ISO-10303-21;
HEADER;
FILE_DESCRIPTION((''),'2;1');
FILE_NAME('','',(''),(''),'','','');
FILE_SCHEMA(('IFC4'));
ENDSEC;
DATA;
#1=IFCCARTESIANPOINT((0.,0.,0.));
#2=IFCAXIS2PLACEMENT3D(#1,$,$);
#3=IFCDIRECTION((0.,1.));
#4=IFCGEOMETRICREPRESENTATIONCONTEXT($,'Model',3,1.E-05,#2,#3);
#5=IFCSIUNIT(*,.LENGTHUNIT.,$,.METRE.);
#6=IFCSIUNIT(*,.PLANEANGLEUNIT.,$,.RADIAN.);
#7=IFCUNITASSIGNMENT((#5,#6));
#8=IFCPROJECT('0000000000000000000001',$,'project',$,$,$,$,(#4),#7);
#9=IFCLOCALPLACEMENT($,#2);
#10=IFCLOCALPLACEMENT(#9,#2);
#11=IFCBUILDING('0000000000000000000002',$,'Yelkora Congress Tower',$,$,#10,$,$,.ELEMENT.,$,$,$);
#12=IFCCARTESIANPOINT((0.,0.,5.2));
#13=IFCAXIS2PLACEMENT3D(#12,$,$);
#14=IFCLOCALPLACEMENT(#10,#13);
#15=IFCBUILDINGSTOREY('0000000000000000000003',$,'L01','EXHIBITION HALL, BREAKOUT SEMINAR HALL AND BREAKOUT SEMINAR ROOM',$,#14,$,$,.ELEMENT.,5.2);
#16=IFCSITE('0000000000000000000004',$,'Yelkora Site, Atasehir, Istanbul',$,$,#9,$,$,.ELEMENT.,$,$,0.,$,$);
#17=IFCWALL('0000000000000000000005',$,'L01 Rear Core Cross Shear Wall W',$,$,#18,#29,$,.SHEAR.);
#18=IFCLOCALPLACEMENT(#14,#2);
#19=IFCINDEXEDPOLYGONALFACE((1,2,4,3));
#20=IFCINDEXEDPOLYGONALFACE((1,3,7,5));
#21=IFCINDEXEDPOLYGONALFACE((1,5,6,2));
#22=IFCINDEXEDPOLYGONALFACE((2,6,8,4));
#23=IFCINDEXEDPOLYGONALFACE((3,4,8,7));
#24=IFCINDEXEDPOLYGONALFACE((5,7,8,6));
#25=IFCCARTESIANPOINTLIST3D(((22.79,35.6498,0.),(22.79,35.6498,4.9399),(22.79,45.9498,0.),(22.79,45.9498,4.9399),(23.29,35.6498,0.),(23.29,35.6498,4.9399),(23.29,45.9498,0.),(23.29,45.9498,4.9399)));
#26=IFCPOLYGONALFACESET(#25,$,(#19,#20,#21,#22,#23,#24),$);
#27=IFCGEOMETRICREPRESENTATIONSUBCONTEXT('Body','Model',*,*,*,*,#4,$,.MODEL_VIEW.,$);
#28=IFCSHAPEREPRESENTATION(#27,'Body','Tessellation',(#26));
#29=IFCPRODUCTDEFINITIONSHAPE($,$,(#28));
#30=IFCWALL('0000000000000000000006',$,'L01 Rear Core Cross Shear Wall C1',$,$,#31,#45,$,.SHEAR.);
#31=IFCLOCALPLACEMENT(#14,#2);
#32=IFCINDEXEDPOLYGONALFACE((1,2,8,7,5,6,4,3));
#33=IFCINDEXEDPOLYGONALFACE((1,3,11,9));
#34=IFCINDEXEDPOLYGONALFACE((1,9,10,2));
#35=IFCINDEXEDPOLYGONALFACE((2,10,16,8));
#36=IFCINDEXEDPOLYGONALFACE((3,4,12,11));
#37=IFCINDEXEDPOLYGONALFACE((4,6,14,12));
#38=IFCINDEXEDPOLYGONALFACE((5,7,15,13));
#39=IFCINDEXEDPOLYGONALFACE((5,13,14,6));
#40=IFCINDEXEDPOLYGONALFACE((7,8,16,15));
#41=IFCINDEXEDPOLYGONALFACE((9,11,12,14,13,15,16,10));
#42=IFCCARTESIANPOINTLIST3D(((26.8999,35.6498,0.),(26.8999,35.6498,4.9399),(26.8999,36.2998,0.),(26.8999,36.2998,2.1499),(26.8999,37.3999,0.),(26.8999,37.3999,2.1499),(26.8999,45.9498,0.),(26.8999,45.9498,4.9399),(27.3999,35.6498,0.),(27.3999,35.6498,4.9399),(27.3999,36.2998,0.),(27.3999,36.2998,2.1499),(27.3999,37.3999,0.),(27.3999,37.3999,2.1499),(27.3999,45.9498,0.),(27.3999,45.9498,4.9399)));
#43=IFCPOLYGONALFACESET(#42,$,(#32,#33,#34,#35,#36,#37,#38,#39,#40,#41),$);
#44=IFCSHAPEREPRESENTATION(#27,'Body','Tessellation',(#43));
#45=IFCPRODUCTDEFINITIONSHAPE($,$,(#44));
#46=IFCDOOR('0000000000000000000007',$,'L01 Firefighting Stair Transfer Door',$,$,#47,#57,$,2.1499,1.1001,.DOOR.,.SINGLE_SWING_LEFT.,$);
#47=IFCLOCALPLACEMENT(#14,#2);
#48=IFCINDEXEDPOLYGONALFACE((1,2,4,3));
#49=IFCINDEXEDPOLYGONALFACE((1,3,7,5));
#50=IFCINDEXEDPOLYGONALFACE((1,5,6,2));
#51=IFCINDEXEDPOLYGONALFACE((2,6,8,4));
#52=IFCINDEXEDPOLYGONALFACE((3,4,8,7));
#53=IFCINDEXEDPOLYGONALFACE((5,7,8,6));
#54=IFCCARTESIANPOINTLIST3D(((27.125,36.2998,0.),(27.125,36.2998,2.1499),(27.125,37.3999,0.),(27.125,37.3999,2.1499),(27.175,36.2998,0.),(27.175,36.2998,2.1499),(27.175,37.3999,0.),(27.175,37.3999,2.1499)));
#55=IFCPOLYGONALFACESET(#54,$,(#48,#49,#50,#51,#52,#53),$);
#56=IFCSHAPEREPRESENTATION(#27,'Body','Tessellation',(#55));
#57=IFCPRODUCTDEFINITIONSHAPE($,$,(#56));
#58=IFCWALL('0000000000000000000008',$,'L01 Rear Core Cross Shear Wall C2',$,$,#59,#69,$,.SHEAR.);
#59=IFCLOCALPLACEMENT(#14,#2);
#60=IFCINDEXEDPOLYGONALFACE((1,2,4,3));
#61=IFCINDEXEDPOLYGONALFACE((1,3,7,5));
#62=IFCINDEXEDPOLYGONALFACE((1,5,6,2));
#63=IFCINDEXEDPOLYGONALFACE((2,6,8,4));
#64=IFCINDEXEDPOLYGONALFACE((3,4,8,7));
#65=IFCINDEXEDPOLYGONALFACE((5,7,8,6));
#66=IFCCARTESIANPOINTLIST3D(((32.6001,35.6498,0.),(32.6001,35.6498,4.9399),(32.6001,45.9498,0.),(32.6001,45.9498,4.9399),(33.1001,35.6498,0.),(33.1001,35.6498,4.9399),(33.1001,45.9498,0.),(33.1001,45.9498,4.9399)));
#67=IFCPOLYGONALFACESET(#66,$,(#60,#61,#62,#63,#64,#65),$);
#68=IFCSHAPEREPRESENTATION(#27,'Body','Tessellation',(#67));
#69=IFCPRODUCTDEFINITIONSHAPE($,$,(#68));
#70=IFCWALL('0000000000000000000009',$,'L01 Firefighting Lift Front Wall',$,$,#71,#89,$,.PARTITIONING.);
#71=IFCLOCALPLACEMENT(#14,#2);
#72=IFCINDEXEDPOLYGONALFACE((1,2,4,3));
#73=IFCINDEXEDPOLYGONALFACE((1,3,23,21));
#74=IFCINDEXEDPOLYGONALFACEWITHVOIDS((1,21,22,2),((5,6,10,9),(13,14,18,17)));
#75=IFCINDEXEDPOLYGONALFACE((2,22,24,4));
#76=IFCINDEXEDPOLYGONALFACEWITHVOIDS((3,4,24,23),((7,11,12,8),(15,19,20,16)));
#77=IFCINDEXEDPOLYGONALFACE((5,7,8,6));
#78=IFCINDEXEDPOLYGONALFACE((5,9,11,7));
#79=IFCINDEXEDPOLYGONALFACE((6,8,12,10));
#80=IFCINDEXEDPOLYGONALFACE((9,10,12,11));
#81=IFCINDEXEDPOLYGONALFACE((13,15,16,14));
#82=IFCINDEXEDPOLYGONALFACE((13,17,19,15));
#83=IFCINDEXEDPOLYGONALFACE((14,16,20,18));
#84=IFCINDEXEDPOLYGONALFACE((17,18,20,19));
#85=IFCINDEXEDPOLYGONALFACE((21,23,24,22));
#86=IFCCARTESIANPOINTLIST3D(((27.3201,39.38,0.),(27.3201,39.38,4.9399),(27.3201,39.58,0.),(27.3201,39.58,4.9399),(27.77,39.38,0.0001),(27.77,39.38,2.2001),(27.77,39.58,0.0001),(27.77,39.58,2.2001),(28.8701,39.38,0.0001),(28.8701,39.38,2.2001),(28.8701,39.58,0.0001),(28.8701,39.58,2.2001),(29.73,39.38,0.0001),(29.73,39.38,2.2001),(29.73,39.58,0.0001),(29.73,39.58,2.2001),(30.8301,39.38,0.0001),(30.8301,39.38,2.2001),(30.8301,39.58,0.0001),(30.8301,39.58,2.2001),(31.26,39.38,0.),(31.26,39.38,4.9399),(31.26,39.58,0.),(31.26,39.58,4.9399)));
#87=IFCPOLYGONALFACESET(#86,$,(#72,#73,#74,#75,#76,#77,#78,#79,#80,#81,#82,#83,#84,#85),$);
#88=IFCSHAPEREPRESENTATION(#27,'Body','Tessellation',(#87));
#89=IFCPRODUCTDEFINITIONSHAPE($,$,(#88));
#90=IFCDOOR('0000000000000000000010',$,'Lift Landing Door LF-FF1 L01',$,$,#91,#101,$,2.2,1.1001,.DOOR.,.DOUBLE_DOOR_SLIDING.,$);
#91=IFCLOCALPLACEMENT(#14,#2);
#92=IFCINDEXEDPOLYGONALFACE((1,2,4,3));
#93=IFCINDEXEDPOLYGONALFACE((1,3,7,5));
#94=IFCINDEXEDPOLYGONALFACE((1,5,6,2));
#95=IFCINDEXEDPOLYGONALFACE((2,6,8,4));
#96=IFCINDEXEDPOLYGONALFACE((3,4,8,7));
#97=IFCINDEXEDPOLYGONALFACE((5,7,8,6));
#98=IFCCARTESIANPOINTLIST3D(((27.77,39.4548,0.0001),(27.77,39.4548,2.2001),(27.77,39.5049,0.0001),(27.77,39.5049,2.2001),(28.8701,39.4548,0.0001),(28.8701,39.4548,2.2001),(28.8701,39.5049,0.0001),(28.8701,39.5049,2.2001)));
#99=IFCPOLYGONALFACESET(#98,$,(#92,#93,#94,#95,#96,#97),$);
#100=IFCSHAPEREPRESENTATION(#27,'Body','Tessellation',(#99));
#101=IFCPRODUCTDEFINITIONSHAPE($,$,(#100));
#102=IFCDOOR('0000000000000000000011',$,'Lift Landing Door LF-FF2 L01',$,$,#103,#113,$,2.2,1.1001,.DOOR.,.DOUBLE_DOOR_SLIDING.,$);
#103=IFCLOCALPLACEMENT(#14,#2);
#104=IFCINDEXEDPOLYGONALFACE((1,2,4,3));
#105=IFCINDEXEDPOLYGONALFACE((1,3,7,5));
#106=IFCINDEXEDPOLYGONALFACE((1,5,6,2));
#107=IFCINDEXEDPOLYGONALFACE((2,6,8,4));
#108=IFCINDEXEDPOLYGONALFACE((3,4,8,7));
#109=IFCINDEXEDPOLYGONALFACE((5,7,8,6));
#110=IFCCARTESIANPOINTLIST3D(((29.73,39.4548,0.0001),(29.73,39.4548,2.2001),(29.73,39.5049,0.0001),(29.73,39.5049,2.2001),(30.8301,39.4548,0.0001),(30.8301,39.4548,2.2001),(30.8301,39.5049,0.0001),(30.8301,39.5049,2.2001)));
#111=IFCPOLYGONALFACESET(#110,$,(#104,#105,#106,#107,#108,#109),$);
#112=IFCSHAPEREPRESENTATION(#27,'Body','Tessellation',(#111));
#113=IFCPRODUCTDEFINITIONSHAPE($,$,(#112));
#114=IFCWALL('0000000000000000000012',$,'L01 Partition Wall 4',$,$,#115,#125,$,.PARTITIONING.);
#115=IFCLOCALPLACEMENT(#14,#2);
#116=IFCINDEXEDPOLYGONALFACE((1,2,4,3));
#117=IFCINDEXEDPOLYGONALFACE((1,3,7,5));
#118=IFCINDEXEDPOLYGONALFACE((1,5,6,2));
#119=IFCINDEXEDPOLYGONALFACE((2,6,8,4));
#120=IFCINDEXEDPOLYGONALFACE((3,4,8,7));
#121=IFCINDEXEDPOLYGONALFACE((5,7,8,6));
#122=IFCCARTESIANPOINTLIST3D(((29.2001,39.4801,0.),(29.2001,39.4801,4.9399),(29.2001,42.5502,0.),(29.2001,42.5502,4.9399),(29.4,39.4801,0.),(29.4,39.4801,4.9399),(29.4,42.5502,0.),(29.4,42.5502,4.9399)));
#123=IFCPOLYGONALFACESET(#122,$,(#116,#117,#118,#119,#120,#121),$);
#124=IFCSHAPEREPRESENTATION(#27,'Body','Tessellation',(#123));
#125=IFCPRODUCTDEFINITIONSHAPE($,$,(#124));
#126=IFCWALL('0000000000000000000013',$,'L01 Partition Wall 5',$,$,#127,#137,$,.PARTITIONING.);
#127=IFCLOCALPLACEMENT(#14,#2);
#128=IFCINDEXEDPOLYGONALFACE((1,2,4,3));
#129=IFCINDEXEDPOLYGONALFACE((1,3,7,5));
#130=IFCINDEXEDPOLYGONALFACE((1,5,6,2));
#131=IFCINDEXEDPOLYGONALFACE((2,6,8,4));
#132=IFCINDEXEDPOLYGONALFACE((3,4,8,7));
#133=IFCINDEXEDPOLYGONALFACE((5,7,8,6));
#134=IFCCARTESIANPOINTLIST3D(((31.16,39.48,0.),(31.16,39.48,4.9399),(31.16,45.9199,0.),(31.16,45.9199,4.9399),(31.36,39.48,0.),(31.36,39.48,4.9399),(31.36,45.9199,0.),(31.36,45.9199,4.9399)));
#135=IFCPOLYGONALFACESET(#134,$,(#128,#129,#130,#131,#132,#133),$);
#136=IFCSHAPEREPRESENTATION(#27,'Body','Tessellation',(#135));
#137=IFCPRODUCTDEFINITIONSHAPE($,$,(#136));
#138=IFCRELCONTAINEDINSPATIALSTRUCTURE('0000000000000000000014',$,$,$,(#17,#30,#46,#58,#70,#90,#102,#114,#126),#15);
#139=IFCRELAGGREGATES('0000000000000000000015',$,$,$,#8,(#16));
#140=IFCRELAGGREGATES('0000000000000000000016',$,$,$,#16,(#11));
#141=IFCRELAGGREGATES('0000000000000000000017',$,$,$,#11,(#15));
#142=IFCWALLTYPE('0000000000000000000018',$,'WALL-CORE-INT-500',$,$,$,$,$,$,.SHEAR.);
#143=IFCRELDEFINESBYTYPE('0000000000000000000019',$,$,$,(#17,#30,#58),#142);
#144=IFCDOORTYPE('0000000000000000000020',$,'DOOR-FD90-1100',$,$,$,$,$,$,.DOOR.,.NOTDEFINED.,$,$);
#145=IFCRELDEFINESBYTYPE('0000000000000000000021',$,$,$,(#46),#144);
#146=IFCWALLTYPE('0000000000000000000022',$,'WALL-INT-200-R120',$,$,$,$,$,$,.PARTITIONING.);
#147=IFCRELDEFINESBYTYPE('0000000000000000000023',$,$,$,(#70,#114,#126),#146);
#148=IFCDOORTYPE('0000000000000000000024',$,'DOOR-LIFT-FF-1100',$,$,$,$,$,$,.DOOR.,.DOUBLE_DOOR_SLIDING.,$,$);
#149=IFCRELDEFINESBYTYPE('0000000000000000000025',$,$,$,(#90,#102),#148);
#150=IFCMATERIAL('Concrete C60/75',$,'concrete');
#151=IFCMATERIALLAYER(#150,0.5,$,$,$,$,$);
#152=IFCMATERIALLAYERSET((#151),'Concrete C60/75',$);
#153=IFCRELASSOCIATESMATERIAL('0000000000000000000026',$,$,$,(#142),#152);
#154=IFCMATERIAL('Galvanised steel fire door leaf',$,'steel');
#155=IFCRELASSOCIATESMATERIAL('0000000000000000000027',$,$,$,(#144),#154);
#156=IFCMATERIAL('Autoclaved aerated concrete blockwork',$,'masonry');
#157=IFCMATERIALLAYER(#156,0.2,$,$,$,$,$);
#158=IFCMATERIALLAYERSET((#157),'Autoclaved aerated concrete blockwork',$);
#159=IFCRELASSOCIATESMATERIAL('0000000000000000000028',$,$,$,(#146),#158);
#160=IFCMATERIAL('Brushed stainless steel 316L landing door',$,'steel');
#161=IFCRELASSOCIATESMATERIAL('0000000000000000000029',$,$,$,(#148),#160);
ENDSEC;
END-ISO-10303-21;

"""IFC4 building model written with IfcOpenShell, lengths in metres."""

from ifc_helpers import new_model, si_unit, direction, frame, frame_2d, origin, place, context, subcontext, project, spatial, rectangle, extrude, material, layer, layer_set, type_object, element, fill, save


model = new_model("IFC4")

# Units and contexts
model_context = context("Model", 3, precision=1e-05, world=origin(), true_north=direction((0.0, 1.0)))
body_context = subcontext(model_context, "Body", "Model", "MODEL_VIEW")
ifc_project = project(units=[si_unit("LENGTHUNIT", "METRE"), si_unit("PLANEANGLEUNIT", "RADIAN")], contexts=[model_context])

# Site, building, storey
site_placement = place(None, origin())
site = spatial("IfcSite", under=ifc_project, at=site_placement, Name="Yelkora Site, Atasehir, Istanbul", CompositionType="ELEMENT", RefElevation=0.0)
building_placement = place(site_placement, origin())
building = spatial("IfcBuilding", under=site, at=building_placement, Name="Yelkora Congress Tower", CompositionType="ELEMENT")
storey_placement = place(building_placement, frame((0.0, 0.0, 5.2)))
storey = spatial("IfcBuildingStorey", under=building, at=storey_placement, Name="L01", Description="EXHIBITION HALL, BREAKOUT SEMINAR HALL AND BREAKOUT SEMINAR ROOM", CompositionType="ELEMENT", Elevation=5.2)

# Wall
ifc_material_1 = material(Name="Concrete C60/75", Category="concrete")
ifc_layer_1 = layer(ifc_material_1, 0.5)
ifc_layer_set_1 = layer_set([ifc_layer_1], Name="Concrete C60/75")
wall_type_1 = type_object("IfcWallType", Name="WALL-CORE-INT-500", PredefinedType="SHEAR", material=ifc_layer_set_1)
wall_1_placement = place(storey_placement, frame((23.04, 35.6499, 0.0), z_axis=(0.0, 0.0, 1.0), x_axis=(0.0, 1.0, 0.0)))
element("IfcWall", 1, at=wall_1_placement, inside=storey, type_object=wall_type_1, Name="L01 Rear Core Cross Shear Wall W", PredefinedType="SHEAR", context=body_context, shape_type="SweptSolid", body=[
    extrude(rectangle(XDim=10.3, YDim=0.5, at=frame_2d((5.1499, 0.0))), origin(), (0.0, 0.0, 1.0), 4.9399),
])

# Wall, opening, door
wall_2_placement = place(storey_placement, frame((27.1499, 35.6499, 0.0), z_axis=(0.0, 0.0, 1.0), x_axis=(0.0, 1.0, 0.0)))
wall_2 = element("IfcWall", 2, at=wall_2_placement, inside=storey, type_object=wall_type_1, Name="L01 Rear Core Cross Shear Wall C1", PredefinedType="SHEAR", context=body_context, shape_type="SweptSolid", body=[
    extrude(rectangle(XDim=10.3, YDim=0.5, at=frame_2d((5.1499, 0.0))), origin(), (0.0, 0.0, 1.0), 4.9399),
])
opening_1_placement = place(wall_2_placement, frame((0.6499, 0.0, 0.0)))
opening_1 = element("IfcOpeningElement", 3, at=opening_1_placement, cuts=wall_2, PredefinedType="OPENING", context=body_context, shape_type="SweptSolid", body=[
    extrude(rectangle(XDim=1.1001, YDim=2.1499, at=frame_2d((0.55, 1.075))), frame((0.0, 0.26, 0.0), z_axis=(0.0, -1.0, 0.0), x_axis=(1.0, 0.0, 0.0)), (0.0, 0.0, 1.0), 0.52),
])
ifc_material_2 = material(Name="Galvanised steel fire door leaf", Category="steel")
door_type_1 = type_object("IfcDoorType", Name="DOOR-FD90-1100", OperationType="NOTDEFINED", PredefinedType="DOOR", material=ifc_material_2)
door_1_placement = place(opening_1_placement, origin())
door_1 = element("IfcDoor", 4, at=door_1_placement, inside=storey, type_object=door_type_1, Name="L01 Firefighting Stair Transfer Door", OperationType="SINGLE_SWING_LEFT", OverallHeight=2.1499, OverallWidth=1.1001, PredefinedType="DOOR", context=body_context, shape_type="SweptSolid", body=[
    extrude(rectangle(XDim=1.1001, YDim=2.1499, at=frame_2d((0.55, 1.075))), frame((0.0, 0.0249, 0.0), z_axis=(0.0, -1.0, 0.0), x_axis=(1.0, 0.0, 0.0)), (0.0, 0.0, 1.0), 0.05),
])
fill(opening_1, door_1)

# Wall
wall_3_placement = place(storey_placement, frame((32.8501, 35.6499, 0.0), z_axis=(0.0, 0.0, 1.0), x_axis=(0.0, 1.0, 0.0)))
element("IfcWall", 5, at=wall_3_placement, inside=storey, type_object=wall_type_1, Name="L01 Rear Core Cross Shear Wall C2", PredefinedType="SHEAR", context=body_context, shape_type="SweptSolid", body=[
    extrude(rectangle(XDim=10.3, YDim=0.5, at=frame_2d((5.1499, 0.0))), origin(), (0.0, 0.0, 1.0), 4.9399),
])

# Shared definitions
ifc_material_3 = material(Name="Autoclaved aerated concrete blockwork", Category="masonry")
ifc_layer_2 = layer(ifc_material_3, 0.2)
ifc_layer_set_2 = layer_set([ifc_layer_2], Name="Autoclaved aerated concrete blockwork")
wall_type_2 = type_object("IfcWallType", Name="WALL-INT-200-R120", PredefinedType="PARTITIONING", material=ifc_layer_set_2)

# Wall, openings, doors
wall_4_placement = place(storey_placement, frame((27.3201, 39.48, 0.0), z_axis=(0.0, 0.0, 1.0), x_axis=(1.0, 0.0, 0.0)))
wall_4 = element("IfcWall", 6, at=wall_4_placement, inside=storey, type_object=wall_type_2, Name="L01 Firefighting Lift Front Wall", PredefinedType="PARTITIONING", context=body_context, shape_type="SweptSolid", body=[
    extrude(rectangle(XDim=3.9399, YDim=0.2, at=frame_2d((1.97, 0.0))), origin(), (0.0, 0.0, 1.0), 4.9399),
])
opening_2_placement = place(wall_4_placement, frame((0.45, 0.0, 0.0)))
opening_2 = element("IfcOpeningElement", 7, at=opening_2_placement, cuts=wall_4, PredefinedType="OPENING", context=body_context, shape_type="SweptSolid", body=[
    extrude(rectangle(XDim=1.1001, YDim=2.2, at=frame_2d((0.55, 1.1001))), frame((0.0, 0.1099, 0.0), z_axis=(0.0, -1.0, 0.0), x_axis=(1.0, 0.0, 0.0)), (0.0, 0.0, 1.0), 0.22),
])
opening_3_placement = place(wall_4_placement, frame((2.4099, 0.0, 0.0)))
opening_3 = element("IfcOpeningElement", 8, at=opening_3_placement, cuts=wall_4, PredefinedType="OPENING", context=body_context, shape_type="SweptSolid", body=[
    extrude(rectangle(XDim=1.1001, YDim=2.2, at=frame_2d((0.55, 1.1001))), frame((0.0, 0.1099, 0.0), z_axis=(0.0, -1.0, 0.0), x_axis=(1.0, 0.0, 0.0)), (0.0, 0.0, 1.0), 0.22),
])
ifc_material_4 = material(Name="Brushed stainless steel 316L landing door", Category="steel")
door_type_2 = type_object("IfcDoorType", Name="DOOR-LIFT-FF-1100", OperationType="DOUBLE_DOOR_SLIDING", PredefinedType="DOOR", material=ifc_material_4)
door_2_placement = place(opening_2_placement, origin())
door_2 = element("IfcDoor", 9, at=door_2_placement, inside=storey, type_object=door_type_2, Name="Lift Landing Door LF-FF1 L01", OperationType="DOUBLE_DOOR_SLIDING", OverallHeight=2.2, OverallWidth=1.1001, PredefinedType="DOOR", context=body_context, shape_type="SweptSolid", body=[
    extrude(rectangle(XDim=1.1001, YDim=2.2, at=frame_2d((0.55, 1.1001))), frame((0.0, 0.0249, 0.0), z_axis=(0.0, -1.0, 0.0), x_axis=(1.0, 0.0, 0.0)), (0.0, 0.0, 1.0), 0.05),
])
fill(opening_2, door_2)
door_3_placement = place(opening_3_placement, origin())
door_3 = element("IfcDoor", 10, at=door_3_placement, inside=storey, type_object=door_type_2, Name="Lift Landing Door LF-FF2 L01", OperationType="DOUBLE_DOOR_SLIDING", OverallHeight=2.2, OverallWidth=1.1001, PredefinedType="DOOR", context=body_context, shape_type="SweptSolid", body=[
    extrude(rectangle(XDim=1.1001, YDim=2.2, at=frame_2d((0.55, 1.1001))), frame((0.0, 0.0249, 0.0), z_axis=(0.0, -1.0, 0.0), x_axis=(1.0, 0.0, 0.0)), (0.0, 0.0, 1.0), 0.05),
])
fill(opening_3, door_3)

# Walls
wall_5_placement = place(storey_placement, frame((29.3, 39.48, 0.0), z_axis=(0.0, 0.0, 1.0), x_axis=(0.0, 1.0, 0.0)))
element("IfcWall", 11, at=wall_5_placement, inside=storey, type_object=wall_type_2, Name="L01 Partition Wall 4", PredefinedType="PARTITIONING", context=body_context, shape_type="SweptSolid", body=[
    extrude(rectangle(XDim=3.0701, YDim=0.2, at=frame_2d((1.5352, 0.0))), origin(), (0.0, 0.0, 1.0), 4.9399),
])
wall_6_placement = place(storey_placement, frame((31.26, 39.48, 0.0), z_axis=(0.0, 0.0, 1.0), x_axis=(0.0, 1.0, 0.0)))
element("IfcWall", 12, at=wall_6_placement, inside=storey, type_object=wall_type_2, Name="L01 Partition Wall 5", PredefinedType="PARTITIONING", context=body_context, shape_type="SweptSolid", body=[
    extrude(rectangle(XDim=6.4399, YDim=0.2, at=frame_2d((3.22, 0.0))), origin(), (0.0, 0.0, 1.0), 4.9399),
])

save(model, "model.ifc")
